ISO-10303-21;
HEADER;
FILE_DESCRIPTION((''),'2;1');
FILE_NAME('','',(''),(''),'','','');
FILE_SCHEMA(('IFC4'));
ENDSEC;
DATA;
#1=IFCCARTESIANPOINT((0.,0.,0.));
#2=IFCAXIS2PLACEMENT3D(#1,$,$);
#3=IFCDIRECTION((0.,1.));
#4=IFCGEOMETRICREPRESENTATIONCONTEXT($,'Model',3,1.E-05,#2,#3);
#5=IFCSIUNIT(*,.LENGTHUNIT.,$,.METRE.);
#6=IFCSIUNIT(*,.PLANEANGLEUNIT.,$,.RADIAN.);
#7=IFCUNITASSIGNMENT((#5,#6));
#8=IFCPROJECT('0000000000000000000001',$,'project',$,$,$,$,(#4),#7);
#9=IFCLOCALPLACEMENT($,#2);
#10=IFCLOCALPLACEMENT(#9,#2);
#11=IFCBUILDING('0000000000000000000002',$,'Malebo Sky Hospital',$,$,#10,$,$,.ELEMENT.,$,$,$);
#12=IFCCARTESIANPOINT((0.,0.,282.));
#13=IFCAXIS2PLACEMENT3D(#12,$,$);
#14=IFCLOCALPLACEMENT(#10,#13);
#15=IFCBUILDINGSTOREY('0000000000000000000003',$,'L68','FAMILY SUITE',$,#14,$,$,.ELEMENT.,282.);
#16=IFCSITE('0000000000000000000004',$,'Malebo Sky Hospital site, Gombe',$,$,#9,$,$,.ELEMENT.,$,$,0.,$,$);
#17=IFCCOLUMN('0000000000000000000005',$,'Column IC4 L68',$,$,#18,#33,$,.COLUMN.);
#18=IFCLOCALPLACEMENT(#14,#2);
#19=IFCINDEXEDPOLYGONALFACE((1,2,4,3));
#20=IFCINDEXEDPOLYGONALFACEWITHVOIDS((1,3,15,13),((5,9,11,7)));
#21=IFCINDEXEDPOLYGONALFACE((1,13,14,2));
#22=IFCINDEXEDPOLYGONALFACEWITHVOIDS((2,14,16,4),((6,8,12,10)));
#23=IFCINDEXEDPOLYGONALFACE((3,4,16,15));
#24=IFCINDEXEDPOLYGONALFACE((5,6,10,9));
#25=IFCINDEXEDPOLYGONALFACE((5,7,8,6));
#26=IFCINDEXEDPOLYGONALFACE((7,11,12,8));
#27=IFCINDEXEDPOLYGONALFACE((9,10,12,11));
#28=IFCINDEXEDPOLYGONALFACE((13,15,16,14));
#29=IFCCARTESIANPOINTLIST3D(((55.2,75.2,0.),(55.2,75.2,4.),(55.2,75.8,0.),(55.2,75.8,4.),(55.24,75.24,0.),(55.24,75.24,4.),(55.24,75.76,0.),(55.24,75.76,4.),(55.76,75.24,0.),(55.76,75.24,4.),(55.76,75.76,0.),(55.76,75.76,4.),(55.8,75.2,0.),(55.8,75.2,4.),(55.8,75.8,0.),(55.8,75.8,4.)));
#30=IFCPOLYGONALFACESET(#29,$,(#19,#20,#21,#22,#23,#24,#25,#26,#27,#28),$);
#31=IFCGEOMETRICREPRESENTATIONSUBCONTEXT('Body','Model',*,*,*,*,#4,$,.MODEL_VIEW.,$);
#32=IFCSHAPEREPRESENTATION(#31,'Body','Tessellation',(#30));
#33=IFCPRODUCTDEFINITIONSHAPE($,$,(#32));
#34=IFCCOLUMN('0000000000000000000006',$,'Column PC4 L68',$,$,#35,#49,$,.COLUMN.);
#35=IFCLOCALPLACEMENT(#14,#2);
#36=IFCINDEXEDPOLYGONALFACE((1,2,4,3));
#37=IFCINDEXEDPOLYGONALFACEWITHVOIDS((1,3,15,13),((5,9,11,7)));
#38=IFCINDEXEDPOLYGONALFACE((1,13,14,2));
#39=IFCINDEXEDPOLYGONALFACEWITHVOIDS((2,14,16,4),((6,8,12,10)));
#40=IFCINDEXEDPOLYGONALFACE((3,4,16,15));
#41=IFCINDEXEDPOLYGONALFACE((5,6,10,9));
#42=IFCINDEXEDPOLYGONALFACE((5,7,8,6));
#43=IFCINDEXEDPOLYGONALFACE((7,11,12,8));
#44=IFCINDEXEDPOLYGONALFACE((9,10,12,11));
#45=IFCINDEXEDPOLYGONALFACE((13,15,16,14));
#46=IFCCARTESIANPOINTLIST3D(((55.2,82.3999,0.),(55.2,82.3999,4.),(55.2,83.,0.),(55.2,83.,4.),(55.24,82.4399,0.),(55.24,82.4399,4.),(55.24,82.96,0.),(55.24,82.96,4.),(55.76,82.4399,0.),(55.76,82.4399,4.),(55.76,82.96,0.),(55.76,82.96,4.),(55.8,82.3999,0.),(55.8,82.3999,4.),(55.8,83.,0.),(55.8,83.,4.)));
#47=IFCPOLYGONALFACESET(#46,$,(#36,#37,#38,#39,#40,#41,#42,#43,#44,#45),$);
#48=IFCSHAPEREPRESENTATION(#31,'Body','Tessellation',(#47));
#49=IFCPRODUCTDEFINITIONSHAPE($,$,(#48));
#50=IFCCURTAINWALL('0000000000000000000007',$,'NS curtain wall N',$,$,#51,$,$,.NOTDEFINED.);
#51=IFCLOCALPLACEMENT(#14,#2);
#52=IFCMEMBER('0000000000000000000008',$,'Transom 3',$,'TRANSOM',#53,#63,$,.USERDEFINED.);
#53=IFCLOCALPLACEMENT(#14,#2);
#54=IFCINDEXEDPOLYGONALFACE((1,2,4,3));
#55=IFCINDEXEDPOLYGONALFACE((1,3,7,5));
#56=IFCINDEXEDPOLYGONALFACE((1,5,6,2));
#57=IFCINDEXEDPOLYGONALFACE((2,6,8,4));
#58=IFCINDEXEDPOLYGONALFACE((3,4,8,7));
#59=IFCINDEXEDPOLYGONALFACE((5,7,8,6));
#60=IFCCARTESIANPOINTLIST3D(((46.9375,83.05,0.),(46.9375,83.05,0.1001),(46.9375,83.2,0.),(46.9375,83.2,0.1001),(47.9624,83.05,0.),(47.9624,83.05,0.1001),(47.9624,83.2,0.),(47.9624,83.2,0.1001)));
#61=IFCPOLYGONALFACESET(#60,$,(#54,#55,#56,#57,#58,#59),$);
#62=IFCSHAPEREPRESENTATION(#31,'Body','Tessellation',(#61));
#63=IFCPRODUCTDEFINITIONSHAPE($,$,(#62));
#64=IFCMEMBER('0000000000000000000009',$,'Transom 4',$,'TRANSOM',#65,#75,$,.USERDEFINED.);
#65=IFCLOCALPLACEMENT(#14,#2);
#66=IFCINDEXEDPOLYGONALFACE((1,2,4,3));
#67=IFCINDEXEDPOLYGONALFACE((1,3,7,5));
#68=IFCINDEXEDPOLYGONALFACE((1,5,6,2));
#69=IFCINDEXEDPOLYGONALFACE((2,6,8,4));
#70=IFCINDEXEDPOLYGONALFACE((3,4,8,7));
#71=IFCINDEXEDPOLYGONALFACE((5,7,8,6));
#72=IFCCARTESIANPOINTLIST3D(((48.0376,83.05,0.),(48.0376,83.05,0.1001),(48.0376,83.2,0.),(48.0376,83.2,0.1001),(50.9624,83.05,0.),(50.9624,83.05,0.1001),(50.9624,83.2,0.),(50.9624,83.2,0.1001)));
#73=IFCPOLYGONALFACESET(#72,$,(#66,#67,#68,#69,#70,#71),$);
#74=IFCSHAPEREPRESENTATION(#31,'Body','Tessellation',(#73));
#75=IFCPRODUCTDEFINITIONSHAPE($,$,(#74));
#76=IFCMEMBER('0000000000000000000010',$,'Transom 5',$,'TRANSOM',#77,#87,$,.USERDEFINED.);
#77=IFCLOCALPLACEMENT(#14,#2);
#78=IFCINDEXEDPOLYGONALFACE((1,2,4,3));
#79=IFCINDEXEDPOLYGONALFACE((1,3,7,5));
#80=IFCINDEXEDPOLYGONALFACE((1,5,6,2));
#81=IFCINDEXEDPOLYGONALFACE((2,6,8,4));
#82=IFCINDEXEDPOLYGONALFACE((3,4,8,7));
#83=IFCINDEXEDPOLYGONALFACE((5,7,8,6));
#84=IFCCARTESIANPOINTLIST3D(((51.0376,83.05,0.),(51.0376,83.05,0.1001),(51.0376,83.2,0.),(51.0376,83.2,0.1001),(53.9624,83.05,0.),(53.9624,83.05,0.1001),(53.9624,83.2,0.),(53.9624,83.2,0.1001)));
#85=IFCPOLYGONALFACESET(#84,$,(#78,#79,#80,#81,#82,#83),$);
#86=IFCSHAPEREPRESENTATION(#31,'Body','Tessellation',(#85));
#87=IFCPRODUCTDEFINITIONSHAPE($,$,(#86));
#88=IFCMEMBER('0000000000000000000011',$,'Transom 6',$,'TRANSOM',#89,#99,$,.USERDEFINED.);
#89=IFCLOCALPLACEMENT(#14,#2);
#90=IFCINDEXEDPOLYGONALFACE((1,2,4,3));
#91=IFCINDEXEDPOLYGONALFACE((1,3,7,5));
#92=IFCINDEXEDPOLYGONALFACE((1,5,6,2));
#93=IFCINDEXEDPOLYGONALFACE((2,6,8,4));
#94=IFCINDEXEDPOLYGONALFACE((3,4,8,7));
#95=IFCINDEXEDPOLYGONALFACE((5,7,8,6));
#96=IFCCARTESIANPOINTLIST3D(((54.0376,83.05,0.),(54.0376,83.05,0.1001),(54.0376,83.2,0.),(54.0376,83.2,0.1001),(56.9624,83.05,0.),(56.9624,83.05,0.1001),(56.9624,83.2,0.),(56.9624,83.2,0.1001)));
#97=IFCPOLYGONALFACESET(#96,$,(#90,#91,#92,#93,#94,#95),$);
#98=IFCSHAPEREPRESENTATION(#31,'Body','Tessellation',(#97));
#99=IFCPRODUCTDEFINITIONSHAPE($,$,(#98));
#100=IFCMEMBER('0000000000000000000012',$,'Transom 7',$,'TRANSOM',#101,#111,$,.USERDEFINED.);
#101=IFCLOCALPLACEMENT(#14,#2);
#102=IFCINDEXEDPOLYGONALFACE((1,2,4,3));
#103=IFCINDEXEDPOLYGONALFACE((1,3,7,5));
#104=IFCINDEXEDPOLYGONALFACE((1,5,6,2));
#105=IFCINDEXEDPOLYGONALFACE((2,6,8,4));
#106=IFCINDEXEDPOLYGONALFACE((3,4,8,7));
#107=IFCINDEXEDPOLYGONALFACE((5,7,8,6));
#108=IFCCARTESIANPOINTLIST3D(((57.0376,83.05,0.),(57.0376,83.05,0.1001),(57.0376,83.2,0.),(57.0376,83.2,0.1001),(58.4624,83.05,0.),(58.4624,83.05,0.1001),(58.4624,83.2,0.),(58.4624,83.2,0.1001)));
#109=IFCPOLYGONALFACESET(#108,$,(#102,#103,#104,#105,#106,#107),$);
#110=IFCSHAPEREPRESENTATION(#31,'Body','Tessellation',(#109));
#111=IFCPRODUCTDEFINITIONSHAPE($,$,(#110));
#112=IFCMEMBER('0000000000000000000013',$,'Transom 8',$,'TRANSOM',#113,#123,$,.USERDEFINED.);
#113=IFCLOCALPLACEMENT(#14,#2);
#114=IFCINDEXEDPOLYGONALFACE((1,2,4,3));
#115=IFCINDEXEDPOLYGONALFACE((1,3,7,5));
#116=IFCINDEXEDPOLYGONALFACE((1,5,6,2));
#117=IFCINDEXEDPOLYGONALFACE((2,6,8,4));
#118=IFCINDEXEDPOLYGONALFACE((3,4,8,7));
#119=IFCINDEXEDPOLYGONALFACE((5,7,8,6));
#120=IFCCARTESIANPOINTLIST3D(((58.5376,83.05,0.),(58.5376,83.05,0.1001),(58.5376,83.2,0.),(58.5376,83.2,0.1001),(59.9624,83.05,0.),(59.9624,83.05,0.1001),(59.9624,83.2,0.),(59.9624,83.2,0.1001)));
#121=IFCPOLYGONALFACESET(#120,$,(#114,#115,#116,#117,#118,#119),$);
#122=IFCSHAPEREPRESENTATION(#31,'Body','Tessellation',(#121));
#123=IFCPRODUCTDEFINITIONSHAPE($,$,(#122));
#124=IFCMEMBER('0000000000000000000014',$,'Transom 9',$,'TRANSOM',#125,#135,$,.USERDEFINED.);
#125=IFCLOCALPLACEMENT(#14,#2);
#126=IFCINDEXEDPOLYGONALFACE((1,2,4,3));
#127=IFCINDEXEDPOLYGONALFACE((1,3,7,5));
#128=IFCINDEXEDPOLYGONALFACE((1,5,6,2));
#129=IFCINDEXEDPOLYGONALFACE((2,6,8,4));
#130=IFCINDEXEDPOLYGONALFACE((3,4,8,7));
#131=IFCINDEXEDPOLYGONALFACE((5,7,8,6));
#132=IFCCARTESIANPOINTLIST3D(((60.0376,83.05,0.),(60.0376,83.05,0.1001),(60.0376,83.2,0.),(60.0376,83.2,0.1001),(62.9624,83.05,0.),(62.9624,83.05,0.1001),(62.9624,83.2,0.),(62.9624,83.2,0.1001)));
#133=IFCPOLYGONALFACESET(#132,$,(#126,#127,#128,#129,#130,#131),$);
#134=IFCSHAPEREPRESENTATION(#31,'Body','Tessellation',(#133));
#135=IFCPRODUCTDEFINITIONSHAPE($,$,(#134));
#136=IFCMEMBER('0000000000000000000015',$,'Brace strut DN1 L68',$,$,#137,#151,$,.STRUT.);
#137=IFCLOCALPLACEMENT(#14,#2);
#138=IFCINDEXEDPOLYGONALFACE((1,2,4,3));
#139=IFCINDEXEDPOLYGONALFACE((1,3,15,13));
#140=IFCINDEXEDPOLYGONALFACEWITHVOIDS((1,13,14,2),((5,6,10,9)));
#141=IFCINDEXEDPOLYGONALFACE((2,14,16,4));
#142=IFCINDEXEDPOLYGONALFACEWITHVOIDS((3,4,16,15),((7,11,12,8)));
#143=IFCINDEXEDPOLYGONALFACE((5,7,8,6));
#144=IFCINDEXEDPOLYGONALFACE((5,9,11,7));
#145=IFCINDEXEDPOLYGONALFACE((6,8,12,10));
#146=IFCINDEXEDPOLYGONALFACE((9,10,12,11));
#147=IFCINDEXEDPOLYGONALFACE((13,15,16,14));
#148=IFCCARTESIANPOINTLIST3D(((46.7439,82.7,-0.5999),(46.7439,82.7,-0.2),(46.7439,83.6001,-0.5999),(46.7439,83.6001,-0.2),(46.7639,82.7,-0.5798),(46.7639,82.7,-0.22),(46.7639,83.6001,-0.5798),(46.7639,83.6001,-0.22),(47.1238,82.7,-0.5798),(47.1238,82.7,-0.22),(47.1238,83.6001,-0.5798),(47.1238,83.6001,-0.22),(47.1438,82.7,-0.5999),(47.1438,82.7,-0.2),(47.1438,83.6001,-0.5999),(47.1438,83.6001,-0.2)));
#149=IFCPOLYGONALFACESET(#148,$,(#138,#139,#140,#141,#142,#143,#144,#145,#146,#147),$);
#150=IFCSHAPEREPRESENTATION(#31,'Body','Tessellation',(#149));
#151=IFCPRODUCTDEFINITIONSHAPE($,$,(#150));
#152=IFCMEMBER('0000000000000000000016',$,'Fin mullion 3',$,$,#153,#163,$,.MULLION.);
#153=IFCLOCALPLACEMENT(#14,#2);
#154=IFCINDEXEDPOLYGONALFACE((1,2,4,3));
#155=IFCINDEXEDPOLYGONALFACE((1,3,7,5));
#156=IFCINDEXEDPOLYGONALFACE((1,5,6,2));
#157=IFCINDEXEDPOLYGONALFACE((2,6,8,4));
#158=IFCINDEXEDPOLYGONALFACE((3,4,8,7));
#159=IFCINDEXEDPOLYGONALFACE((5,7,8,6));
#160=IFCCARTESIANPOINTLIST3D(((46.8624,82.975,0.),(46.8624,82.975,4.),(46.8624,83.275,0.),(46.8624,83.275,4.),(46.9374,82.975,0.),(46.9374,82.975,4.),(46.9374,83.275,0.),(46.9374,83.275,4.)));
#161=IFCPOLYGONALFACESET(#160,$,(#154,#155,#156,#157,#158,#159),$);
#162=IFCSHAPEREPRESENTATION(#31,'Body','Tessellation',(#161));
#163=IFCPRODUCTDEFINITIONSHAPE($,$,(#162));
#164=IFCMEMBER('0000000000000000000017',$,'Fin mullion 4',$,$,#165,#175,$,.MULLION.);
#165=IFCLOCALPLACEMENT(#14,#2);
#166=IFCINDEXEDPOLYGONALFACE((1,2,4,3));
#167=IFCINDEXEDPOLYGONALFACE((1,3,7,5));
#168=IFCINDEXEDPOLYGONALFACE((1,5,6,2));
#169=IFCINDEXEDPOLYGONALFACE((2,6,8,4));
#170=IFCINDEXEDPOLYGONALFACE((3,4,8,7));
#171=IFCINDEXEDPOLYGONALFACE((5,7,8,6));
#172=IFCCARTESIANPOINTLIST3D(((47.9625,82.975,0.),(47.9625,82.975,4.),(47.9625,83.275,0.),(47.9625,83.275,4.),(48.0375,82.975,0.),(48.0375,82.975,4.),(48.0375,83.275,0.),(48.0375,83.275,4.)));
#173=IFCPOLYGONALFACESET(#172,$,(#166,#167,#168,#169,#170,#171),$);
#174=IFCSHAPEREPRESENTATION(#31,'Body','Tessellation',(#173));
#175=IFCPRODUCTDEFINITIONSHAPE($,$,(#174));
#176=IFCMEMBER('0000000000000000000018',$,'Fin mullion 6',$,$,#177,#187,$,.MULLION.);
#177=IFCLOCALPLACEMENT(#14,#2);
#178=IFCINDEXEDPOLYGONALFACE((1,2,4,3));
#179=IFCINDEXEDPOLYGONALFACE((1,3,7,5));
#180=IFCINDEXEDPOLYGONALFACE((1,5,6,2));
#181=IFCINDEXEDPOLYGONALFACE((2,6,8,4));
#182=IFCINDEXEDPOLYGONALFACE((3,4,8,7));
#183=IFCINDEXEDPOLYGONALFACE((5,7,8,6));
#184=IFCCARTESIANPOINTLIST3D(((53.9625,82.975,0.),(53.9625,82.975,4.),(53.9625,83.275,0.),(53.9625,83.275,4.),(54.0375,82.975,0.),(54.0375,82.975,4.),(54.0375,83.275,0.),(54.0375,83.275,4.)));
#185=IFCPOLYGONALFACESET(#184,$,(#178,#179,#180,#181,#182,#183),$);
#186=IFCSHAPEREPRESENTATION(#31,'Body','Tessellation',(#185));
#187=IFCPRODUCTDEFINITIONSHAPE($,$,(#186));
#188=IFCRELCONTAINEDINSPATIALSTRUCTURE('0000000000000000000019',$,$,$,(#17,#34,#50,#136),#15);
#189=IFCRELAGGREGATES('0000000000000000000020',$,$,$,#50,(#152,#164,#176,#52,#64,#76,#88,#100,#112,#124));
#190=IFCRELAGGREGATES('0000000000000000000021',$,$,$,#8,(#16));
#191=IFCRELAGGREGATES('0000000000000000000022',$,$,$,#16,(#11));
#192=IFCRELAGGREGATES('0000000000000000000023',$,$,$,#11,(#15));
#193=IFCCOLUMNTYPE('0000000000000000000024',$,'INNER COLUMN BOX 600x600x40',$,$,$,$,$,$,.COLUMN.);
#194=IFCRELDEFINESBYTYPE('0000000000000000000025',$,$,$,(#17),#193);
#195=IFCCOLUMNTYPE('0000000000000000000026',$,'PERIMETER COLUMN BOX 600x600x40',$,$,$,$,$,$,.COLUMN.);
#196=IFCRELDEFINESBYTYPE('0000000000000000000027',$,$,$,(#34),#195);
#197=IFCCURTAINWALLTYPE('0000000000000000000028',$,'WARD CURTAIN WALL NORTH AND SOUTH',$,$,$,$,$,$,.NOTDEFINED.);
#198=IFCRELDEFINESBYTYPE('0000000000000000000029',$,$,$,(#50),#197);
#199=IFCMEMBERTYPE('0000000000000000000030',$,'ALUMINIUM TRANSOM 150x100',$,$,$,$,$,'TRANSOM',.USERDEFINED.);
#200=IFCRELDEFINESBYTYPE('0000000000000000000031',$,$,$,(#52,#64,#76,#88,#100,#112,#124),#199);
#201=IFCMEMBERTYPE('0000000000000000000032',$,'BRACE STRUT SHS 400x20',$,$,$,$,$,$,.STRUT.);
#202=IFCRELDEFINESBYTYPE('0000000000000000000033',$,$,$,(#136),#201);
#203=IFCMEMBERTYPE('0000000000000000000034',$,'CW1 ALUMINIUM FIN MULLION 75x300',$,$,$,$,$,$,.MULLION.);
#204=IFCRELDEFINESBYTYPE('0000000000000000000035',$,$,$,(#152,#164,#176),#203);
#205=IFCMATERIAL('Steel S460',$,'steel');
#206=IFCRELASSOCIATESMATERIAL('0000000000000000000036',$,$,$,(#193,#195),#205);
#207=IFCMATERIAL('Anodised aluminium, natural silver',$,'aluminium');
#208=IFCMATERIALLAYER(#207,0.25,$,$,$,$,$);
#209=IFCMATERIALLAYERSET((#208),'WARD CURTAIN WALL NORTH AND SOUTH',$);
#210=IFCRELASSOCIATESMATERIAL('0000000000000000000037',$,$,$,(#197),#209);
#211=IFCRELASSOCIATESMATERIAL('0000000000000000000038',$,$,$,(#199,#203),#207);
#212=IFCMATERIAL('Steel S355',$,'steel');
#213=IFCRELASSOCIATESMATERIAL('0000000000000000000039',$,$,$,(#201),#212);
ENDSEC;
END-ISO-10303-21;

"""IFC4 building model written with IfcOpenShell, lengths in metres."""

from ifc_helpers import new_model, si_unit, direction, frame, origin, origin_2d, place, context, subcontext, project, spatial, rectangle, hollow_rectangle, extrude, material, layer, layer_set, material_profile, profile_set, type_object, element, aggregate, save


model = new_model("IFC4")

# Units and contexts
model_context = context("Model", 3, precision=1e-05, world=origin(), true_north=direction((0.0, 1.0)))
body_context = subcontext(model_context, "Body", "Model", "MODEL_VIEW")
ifc_project = project(units=[si_unit("LENGTHUNIT", "METRE"), si_unit("PLANEANGLEUNIT", "RADIAN")], contexts=[model_context])

# Site, building, storey
site_placement = place(None, origin())
site = spatial("IfcSite", under=ifc_project, at=site_placement, Name="Malebo Sky Hospital site, Gombe", CompositionType="ELEMENT", RefElevation=0.0)
building_placement = place(site_placement, origin())
building = spatial("IfcBuilding", under=site, at=building_placement, Name="Malebo Sky Hospital", CompositionType="ELEMENT")
storey_placement = place(building_placement, frame((0.0, 0.0, 282.0)))
storey = spatial("IfcBuildingStorey", under=building, at=storey_placement, Name="L68", Description="FAMILY SUITE", CompositionType="ELEMENT", Elevation=282.0)

# Columns
ifc_material_1 = material(Name="Steel S460", Category="steel")
ifc_material_profile_1 = material_profile(ifc_material_1, hollow_rectangle(XDim=0.6001, YDim=0.6001, WallThickness=0.04, at=origin_2d()), Name="BOX 600x600x40")
ifc_profile_set_1 = profile_set([ifc_material_profile_1], Name="Steel S460")
column_type_1 = type_object("IfcColumnType", Name="INNER COLUMN BOX 600x600x40", PredefinedType="COLUMN", material=ifc_profile_set_1)
column_1_placement = place(storey_placement, frame((55.5, 75.5, 0.0), z_axis=(0.0, 0.0, 1.0), x_axis=(1.0, 0.0, 0.0)))
element("IfcColumn", 1, at=column_1_placement, inside=storey, type_object=column_type_1, Name="Column IC4 L68", PredefinedType="COLUMN", context=body_context, shape_type="SweptSolid", body=[
    extrude(hollow_rectangle(XDim=0.6001, YDim=0.6001, WallThickness=0.04, at=origin_2d()), origin(), (0.0, 0.0, 1.0), 4.0),
])
ifc_material_profile_2 = material_profile(ifc_material_1, hollow_rectangle(XDim=0.6001, YDim=0.6001, WallThickness=0.04, at=origin_2d()), Name="BOX 600x600x40")
ifc_profile_set_2 = profile_set([ifc_material_profile_2], Name="Steel S460")
column_type_2 = type_object("IfcColumnType", Name="PERIMETER COLUMN BOX 600x600x40", PredefinedType="COLUMN", material=ifc_profile_set_2)
column_2_placement = place(storey_placement, frame((55.5, 82.7, 0.0), z_axis=(0.0, 0.0, 1.0), x_axis=(1.0, 0.0, 0.0)))
element("IfcColumn", 2, at=column_2_placement, inside=storey, type_object=column_type_2, Name="Column PC4 L68", PredefinedType="COLUMN", context=body_context, shape_type="SweptSolid", body=[
    extrude(hollow_rectangle(XDim=0.6001, YDim=0.6001, WallThickness=0.04, at=origin_2d()), origin(), (0.0, 0.0, 1.0), 4.0),
])

# Curtain wall, members
ifc_material_2 = material(Name="Anodised aluminium, natural silver", Category="aluminium")
ifc_layer_1 = layer(ifc_material_2, 0.25)
ifc_layer_set_1 = layer_set([ifc_layer_1], Name="WARD CURTAIN WALL NORTH AND SOUTH")
curtain_wall_type = type_object("IfcCurtainWallType", Name="WARD CURTAIN WALL NORTH AND SOUTH", PredefinedType="NOTDEFINED", material=ifc_layer_set_1)
curtain_wall_placement = place(storey_placement, origin())
curtain_wall = element("IfcCurtainWall", 3, at=curtain_wall_placement, inside=storey, type_object=curtain_wall_type, Name="NS curtain wall N", PredefinedType="NOTDEFINED")
ifc_material_profile_3 = material_profile(ifc_material_2, rectangle(XDim=0.1499, YDim=0.1001, at=origin_2d()), Name="ALUMINIUM TRANSOM 150x100")
ifc_profile_set_3 = profile_set([ifc_material_profile_3], Name="Anodised aluminium, natural silver")
member_type_1 = type_object("IfcMemberType", Name="ALUMINIUM TRANSOM 150x100", ElementType="TRANSOM", PredefinedType="USERDEFINED", material=ifc_profile_set_3)
member_1_placement = place(storey_placement, frame((46.9375, 83.125, 0.05), z_axis=(1.0, 0.0, 0.0), x_axis=(0.0, 1.0, 0.0)))
member_1 = element("IfcMember", 4, at=member_1_placement, type_object=member_type_1, Name="Transom 3", ObjectType="TRANSOM", PredefinedType="USERDEFINED", context=body_context, shape_type="SweptSolid", body=[
    extrude(rectangle(XDim=0.1499, YDim=0.1001, at=origin_2d()), origin(), (0.0, 0.0, 1.0), 1.0249),
])
member_2_placement = place(storey_placement, frame((48.0376, 83.125, 0.05), z_axis=(1.0, 0.0, 0.0), x_axis=(0.0, 1.0, 0.0)))
member_2 = element("IfcMember", 5, at=member_2_placement, type_object=member_type_1, Name="Transom 4", ObjectType="TRANSOM", PredefinedType="USERDEFINED", context=body_context, shape_type="SweptSolid", body=[
    extrude(rectangle(XDim=0.1499, YDim=0.1001, at=origin_2d()), origin(), (0.0, 0.0, 1.0), 2.9248),
])
member_3_placement = place(storey_placement, frame((51.0376, 83.125, 0.05), z_axis=(1.0, 0.0, 0.0), x_axis=(0.0, 1.0, 0.0)))
member_3 = element("IfcMember", 6, at=member_3_placement, type_object=member_type_1, Name="Transom 5", ObjectType="TRANSOM", PredefinedType="USERDEFINED", context=body_context, shape_type="SweptSolid", body=[
    extrude(rectangle(XDim=0.1499, YDim=0.1001, at=origin_2d()), origin(), (0.0, 0.0, 1.0), 2.9248),
])
member_4_placement = place(storey_placement, frame((54.0376, 83.125, 0.05), z_axis=(1.0, 0.0, 0.0), x_axis=(0.0, 1.0, 0.0)))
member_4 = element("IfcMember", 7, at=member_4_placement, type_object=member_type_1, Name="Transom 6", ObjectType="TRANSOM", PredefinedType="USERDEFINED", context=body_context, shape_type="SweptSolid", body=[
    extrude(rectangle(XDim=0.1499, YDim=0.1001, at=origin_2d()), origin(), (0.0, 0.0, 1.0), 2.9248),
])
member_5_placement = place(storey_placement, frame((57.0376, 83.125, 0.05), z_axis=(1.0, 0.0, 0.0), x_axis=(0.0, 1.0, 0.0)))
member_5 = element("IfcMember", 8, at=member_5_placement, type_object=member_type_1, Name="Transom 7", ObjectType="TRANSOM", PredefinedType="USERDEFINED", context=body_context, shape_type="SweptSolid", body=[
    extrude(rectangle(XDim=0.1499, YDim=0.1001, at=origin_2d()), origin(), (0.0, 0.0, 1.0), 1.4248),
])
member_6_placement = place(storey_placement, frame((58.5376, 83.125, 0.05), z_axis=(1.0, 0.0, 0.0), x_axis=(0.0, 1.0, 0.0)))
member_6 = element("IfcMember", 9, at=member_6_placement, type_object=member_type_1, Name="Transom 8", ObjectType="TRANSOM", PredefinedType="USERDEFINED", context=body_context, shape_type="SweptSolid", body=[
    extrude(rectangle(XDim=0.1499, YDim=0.1001, at=origin_2d()), origin(), (0.0, 0.0, 1.0), 1.4248),
])
member_7_placement = place(storey_placement, frame((60.0376, 83.125, 0.05), z_axis=(1.0, 0.0, 0.0), x_axis=(0.0, 1.0, 0.0)))
member_7 = element("IfcMember", 10, at=member_7_placement, type_object=member_type_1, Name="Transom 9", ObjectType="TRANSOM", PredefinedType="USERDEFINED", context=body_context, shape_type="SweptSolid", body=[
    extrude(rectangle(XDim=0.1499, YDim=0.1001, at=origin_2d()), origin(), (0.0, 0.0, 1.0), 2.9248),
])

# Members
ifc_material_3 = material(Name="Steel S355", Category="steel")
ifc_material_profile_4 = material_profile(ifc_material_3, hollow_rectangle(XDim=0.3999, YDim=0.3999, WallThickness=0.02, at=origin_2d()), Name="SHS 400x20")
ifc_profile_set_4 = profile_set([ifc_material_profile_4], Name="Steel S355")
member_type_2 = type_object("IfcMemberType", Name="BRACE STRUT SHS 400x20", PredefinedType="STRUT", material=ifc_profile_set_4)
member_8_placement = place(storey_placement, frame((46.9438, 83.6001, -0.3999), z_axis=(0.0, -1.0, 0.0), x_axis=(1.0, 0.0, 0.0)))
element("IfcMember", 11, at=member_8_placement, inside=storey, type_object=member_type_2, Name="Brace strut DN1 L68", PredefinedType="STRUT", context=body_context, shape_type="SweptSolid", body=[
    extrude(hollow_rectangle(XDim=0.3999, YDim=0.3999, WallThickness=0.02, at=origin_2d()), origin(), (0.0, 0.0, 1.0), 0.9001),
])
ifc_material_profile_5 = material_profile(ifc_material_2, rectangle(XDim=0.075, YDim=0.3, at=origin_2d()), Name="CW1 ALUMINIUM FIN MULLION 75x300")
ifc_profile_set_5 = profile_set([ifc_material_profile_5], Name="Anodised aluminium, natural silver")
member_type_3 = type_object("IfcMemberType", Name="CW1 ALUMINIUM FIN MULLION 75x300", PredefinedType="MULLION", material=ifc_profile_set_5)
member_9_placement = place(storey_placement, frame((46.8999, 83.125, 0.0), z_axis=(0.0, 0.0, 1.0), x_axis=(1.0, 0.0, 0.0)))
member_9 = element("IfcMember", 12, at=member_9_placement, type_object=member_type_3, Name="Fin mullion 3", PredefinedType="MULLION", context=body_context, shape_type="SweptSolid", body=[
    extrude(rectangle(XDim=0.075, YDim=0.3, at=origin_2d()), origin(), (0.0, 0.0, 1.0), 4.0),
])
member_10_placement = place(storey_placement, frame((48.0, 83.125, 0.0), z_axis=(0.0, 0.0, 1.0), x_axis=(1.0, 0.0, 0.0)))
member_10 = element("IfcMember", 13, at=member_10_placement, type_object=member_type_3, Name="Fin mullion 4", PredefinedType="MULLION", context=body_context, shape_type="SweptSolid", body=[
    extrude(rectangle(XDim=0.075, YDim=0.3, at=origin_2d()), origin(), (0.0, 0.0, 1.0), 4.0),
])
member_11_placement = place(storey_placement, frame((54.0, 83.125, 0.0), z_axis=(0.0, 0.0, 1.0), x_axis=(1.0, 0.0, 0.0)))
member_11 = element("IfcMember", 14, at=member_11_placement, type_object=member_type_3, Name="Fin mullion 6", PredefinedType="MULLION", context=body_context, shape_type="SweptSolid", body=[
    extrude(rectangle(XDim=0.075, YDim=0.3, at=origin_2d()), origin(), (0.0, 0.0, 1.0), 4.0),
])

aggregate(curtain_wall, [member_9, member_10, member_11, member_1, member_2, member_3, member_4, member_5, member_6, member_7])

save(model, "model.ifc")
